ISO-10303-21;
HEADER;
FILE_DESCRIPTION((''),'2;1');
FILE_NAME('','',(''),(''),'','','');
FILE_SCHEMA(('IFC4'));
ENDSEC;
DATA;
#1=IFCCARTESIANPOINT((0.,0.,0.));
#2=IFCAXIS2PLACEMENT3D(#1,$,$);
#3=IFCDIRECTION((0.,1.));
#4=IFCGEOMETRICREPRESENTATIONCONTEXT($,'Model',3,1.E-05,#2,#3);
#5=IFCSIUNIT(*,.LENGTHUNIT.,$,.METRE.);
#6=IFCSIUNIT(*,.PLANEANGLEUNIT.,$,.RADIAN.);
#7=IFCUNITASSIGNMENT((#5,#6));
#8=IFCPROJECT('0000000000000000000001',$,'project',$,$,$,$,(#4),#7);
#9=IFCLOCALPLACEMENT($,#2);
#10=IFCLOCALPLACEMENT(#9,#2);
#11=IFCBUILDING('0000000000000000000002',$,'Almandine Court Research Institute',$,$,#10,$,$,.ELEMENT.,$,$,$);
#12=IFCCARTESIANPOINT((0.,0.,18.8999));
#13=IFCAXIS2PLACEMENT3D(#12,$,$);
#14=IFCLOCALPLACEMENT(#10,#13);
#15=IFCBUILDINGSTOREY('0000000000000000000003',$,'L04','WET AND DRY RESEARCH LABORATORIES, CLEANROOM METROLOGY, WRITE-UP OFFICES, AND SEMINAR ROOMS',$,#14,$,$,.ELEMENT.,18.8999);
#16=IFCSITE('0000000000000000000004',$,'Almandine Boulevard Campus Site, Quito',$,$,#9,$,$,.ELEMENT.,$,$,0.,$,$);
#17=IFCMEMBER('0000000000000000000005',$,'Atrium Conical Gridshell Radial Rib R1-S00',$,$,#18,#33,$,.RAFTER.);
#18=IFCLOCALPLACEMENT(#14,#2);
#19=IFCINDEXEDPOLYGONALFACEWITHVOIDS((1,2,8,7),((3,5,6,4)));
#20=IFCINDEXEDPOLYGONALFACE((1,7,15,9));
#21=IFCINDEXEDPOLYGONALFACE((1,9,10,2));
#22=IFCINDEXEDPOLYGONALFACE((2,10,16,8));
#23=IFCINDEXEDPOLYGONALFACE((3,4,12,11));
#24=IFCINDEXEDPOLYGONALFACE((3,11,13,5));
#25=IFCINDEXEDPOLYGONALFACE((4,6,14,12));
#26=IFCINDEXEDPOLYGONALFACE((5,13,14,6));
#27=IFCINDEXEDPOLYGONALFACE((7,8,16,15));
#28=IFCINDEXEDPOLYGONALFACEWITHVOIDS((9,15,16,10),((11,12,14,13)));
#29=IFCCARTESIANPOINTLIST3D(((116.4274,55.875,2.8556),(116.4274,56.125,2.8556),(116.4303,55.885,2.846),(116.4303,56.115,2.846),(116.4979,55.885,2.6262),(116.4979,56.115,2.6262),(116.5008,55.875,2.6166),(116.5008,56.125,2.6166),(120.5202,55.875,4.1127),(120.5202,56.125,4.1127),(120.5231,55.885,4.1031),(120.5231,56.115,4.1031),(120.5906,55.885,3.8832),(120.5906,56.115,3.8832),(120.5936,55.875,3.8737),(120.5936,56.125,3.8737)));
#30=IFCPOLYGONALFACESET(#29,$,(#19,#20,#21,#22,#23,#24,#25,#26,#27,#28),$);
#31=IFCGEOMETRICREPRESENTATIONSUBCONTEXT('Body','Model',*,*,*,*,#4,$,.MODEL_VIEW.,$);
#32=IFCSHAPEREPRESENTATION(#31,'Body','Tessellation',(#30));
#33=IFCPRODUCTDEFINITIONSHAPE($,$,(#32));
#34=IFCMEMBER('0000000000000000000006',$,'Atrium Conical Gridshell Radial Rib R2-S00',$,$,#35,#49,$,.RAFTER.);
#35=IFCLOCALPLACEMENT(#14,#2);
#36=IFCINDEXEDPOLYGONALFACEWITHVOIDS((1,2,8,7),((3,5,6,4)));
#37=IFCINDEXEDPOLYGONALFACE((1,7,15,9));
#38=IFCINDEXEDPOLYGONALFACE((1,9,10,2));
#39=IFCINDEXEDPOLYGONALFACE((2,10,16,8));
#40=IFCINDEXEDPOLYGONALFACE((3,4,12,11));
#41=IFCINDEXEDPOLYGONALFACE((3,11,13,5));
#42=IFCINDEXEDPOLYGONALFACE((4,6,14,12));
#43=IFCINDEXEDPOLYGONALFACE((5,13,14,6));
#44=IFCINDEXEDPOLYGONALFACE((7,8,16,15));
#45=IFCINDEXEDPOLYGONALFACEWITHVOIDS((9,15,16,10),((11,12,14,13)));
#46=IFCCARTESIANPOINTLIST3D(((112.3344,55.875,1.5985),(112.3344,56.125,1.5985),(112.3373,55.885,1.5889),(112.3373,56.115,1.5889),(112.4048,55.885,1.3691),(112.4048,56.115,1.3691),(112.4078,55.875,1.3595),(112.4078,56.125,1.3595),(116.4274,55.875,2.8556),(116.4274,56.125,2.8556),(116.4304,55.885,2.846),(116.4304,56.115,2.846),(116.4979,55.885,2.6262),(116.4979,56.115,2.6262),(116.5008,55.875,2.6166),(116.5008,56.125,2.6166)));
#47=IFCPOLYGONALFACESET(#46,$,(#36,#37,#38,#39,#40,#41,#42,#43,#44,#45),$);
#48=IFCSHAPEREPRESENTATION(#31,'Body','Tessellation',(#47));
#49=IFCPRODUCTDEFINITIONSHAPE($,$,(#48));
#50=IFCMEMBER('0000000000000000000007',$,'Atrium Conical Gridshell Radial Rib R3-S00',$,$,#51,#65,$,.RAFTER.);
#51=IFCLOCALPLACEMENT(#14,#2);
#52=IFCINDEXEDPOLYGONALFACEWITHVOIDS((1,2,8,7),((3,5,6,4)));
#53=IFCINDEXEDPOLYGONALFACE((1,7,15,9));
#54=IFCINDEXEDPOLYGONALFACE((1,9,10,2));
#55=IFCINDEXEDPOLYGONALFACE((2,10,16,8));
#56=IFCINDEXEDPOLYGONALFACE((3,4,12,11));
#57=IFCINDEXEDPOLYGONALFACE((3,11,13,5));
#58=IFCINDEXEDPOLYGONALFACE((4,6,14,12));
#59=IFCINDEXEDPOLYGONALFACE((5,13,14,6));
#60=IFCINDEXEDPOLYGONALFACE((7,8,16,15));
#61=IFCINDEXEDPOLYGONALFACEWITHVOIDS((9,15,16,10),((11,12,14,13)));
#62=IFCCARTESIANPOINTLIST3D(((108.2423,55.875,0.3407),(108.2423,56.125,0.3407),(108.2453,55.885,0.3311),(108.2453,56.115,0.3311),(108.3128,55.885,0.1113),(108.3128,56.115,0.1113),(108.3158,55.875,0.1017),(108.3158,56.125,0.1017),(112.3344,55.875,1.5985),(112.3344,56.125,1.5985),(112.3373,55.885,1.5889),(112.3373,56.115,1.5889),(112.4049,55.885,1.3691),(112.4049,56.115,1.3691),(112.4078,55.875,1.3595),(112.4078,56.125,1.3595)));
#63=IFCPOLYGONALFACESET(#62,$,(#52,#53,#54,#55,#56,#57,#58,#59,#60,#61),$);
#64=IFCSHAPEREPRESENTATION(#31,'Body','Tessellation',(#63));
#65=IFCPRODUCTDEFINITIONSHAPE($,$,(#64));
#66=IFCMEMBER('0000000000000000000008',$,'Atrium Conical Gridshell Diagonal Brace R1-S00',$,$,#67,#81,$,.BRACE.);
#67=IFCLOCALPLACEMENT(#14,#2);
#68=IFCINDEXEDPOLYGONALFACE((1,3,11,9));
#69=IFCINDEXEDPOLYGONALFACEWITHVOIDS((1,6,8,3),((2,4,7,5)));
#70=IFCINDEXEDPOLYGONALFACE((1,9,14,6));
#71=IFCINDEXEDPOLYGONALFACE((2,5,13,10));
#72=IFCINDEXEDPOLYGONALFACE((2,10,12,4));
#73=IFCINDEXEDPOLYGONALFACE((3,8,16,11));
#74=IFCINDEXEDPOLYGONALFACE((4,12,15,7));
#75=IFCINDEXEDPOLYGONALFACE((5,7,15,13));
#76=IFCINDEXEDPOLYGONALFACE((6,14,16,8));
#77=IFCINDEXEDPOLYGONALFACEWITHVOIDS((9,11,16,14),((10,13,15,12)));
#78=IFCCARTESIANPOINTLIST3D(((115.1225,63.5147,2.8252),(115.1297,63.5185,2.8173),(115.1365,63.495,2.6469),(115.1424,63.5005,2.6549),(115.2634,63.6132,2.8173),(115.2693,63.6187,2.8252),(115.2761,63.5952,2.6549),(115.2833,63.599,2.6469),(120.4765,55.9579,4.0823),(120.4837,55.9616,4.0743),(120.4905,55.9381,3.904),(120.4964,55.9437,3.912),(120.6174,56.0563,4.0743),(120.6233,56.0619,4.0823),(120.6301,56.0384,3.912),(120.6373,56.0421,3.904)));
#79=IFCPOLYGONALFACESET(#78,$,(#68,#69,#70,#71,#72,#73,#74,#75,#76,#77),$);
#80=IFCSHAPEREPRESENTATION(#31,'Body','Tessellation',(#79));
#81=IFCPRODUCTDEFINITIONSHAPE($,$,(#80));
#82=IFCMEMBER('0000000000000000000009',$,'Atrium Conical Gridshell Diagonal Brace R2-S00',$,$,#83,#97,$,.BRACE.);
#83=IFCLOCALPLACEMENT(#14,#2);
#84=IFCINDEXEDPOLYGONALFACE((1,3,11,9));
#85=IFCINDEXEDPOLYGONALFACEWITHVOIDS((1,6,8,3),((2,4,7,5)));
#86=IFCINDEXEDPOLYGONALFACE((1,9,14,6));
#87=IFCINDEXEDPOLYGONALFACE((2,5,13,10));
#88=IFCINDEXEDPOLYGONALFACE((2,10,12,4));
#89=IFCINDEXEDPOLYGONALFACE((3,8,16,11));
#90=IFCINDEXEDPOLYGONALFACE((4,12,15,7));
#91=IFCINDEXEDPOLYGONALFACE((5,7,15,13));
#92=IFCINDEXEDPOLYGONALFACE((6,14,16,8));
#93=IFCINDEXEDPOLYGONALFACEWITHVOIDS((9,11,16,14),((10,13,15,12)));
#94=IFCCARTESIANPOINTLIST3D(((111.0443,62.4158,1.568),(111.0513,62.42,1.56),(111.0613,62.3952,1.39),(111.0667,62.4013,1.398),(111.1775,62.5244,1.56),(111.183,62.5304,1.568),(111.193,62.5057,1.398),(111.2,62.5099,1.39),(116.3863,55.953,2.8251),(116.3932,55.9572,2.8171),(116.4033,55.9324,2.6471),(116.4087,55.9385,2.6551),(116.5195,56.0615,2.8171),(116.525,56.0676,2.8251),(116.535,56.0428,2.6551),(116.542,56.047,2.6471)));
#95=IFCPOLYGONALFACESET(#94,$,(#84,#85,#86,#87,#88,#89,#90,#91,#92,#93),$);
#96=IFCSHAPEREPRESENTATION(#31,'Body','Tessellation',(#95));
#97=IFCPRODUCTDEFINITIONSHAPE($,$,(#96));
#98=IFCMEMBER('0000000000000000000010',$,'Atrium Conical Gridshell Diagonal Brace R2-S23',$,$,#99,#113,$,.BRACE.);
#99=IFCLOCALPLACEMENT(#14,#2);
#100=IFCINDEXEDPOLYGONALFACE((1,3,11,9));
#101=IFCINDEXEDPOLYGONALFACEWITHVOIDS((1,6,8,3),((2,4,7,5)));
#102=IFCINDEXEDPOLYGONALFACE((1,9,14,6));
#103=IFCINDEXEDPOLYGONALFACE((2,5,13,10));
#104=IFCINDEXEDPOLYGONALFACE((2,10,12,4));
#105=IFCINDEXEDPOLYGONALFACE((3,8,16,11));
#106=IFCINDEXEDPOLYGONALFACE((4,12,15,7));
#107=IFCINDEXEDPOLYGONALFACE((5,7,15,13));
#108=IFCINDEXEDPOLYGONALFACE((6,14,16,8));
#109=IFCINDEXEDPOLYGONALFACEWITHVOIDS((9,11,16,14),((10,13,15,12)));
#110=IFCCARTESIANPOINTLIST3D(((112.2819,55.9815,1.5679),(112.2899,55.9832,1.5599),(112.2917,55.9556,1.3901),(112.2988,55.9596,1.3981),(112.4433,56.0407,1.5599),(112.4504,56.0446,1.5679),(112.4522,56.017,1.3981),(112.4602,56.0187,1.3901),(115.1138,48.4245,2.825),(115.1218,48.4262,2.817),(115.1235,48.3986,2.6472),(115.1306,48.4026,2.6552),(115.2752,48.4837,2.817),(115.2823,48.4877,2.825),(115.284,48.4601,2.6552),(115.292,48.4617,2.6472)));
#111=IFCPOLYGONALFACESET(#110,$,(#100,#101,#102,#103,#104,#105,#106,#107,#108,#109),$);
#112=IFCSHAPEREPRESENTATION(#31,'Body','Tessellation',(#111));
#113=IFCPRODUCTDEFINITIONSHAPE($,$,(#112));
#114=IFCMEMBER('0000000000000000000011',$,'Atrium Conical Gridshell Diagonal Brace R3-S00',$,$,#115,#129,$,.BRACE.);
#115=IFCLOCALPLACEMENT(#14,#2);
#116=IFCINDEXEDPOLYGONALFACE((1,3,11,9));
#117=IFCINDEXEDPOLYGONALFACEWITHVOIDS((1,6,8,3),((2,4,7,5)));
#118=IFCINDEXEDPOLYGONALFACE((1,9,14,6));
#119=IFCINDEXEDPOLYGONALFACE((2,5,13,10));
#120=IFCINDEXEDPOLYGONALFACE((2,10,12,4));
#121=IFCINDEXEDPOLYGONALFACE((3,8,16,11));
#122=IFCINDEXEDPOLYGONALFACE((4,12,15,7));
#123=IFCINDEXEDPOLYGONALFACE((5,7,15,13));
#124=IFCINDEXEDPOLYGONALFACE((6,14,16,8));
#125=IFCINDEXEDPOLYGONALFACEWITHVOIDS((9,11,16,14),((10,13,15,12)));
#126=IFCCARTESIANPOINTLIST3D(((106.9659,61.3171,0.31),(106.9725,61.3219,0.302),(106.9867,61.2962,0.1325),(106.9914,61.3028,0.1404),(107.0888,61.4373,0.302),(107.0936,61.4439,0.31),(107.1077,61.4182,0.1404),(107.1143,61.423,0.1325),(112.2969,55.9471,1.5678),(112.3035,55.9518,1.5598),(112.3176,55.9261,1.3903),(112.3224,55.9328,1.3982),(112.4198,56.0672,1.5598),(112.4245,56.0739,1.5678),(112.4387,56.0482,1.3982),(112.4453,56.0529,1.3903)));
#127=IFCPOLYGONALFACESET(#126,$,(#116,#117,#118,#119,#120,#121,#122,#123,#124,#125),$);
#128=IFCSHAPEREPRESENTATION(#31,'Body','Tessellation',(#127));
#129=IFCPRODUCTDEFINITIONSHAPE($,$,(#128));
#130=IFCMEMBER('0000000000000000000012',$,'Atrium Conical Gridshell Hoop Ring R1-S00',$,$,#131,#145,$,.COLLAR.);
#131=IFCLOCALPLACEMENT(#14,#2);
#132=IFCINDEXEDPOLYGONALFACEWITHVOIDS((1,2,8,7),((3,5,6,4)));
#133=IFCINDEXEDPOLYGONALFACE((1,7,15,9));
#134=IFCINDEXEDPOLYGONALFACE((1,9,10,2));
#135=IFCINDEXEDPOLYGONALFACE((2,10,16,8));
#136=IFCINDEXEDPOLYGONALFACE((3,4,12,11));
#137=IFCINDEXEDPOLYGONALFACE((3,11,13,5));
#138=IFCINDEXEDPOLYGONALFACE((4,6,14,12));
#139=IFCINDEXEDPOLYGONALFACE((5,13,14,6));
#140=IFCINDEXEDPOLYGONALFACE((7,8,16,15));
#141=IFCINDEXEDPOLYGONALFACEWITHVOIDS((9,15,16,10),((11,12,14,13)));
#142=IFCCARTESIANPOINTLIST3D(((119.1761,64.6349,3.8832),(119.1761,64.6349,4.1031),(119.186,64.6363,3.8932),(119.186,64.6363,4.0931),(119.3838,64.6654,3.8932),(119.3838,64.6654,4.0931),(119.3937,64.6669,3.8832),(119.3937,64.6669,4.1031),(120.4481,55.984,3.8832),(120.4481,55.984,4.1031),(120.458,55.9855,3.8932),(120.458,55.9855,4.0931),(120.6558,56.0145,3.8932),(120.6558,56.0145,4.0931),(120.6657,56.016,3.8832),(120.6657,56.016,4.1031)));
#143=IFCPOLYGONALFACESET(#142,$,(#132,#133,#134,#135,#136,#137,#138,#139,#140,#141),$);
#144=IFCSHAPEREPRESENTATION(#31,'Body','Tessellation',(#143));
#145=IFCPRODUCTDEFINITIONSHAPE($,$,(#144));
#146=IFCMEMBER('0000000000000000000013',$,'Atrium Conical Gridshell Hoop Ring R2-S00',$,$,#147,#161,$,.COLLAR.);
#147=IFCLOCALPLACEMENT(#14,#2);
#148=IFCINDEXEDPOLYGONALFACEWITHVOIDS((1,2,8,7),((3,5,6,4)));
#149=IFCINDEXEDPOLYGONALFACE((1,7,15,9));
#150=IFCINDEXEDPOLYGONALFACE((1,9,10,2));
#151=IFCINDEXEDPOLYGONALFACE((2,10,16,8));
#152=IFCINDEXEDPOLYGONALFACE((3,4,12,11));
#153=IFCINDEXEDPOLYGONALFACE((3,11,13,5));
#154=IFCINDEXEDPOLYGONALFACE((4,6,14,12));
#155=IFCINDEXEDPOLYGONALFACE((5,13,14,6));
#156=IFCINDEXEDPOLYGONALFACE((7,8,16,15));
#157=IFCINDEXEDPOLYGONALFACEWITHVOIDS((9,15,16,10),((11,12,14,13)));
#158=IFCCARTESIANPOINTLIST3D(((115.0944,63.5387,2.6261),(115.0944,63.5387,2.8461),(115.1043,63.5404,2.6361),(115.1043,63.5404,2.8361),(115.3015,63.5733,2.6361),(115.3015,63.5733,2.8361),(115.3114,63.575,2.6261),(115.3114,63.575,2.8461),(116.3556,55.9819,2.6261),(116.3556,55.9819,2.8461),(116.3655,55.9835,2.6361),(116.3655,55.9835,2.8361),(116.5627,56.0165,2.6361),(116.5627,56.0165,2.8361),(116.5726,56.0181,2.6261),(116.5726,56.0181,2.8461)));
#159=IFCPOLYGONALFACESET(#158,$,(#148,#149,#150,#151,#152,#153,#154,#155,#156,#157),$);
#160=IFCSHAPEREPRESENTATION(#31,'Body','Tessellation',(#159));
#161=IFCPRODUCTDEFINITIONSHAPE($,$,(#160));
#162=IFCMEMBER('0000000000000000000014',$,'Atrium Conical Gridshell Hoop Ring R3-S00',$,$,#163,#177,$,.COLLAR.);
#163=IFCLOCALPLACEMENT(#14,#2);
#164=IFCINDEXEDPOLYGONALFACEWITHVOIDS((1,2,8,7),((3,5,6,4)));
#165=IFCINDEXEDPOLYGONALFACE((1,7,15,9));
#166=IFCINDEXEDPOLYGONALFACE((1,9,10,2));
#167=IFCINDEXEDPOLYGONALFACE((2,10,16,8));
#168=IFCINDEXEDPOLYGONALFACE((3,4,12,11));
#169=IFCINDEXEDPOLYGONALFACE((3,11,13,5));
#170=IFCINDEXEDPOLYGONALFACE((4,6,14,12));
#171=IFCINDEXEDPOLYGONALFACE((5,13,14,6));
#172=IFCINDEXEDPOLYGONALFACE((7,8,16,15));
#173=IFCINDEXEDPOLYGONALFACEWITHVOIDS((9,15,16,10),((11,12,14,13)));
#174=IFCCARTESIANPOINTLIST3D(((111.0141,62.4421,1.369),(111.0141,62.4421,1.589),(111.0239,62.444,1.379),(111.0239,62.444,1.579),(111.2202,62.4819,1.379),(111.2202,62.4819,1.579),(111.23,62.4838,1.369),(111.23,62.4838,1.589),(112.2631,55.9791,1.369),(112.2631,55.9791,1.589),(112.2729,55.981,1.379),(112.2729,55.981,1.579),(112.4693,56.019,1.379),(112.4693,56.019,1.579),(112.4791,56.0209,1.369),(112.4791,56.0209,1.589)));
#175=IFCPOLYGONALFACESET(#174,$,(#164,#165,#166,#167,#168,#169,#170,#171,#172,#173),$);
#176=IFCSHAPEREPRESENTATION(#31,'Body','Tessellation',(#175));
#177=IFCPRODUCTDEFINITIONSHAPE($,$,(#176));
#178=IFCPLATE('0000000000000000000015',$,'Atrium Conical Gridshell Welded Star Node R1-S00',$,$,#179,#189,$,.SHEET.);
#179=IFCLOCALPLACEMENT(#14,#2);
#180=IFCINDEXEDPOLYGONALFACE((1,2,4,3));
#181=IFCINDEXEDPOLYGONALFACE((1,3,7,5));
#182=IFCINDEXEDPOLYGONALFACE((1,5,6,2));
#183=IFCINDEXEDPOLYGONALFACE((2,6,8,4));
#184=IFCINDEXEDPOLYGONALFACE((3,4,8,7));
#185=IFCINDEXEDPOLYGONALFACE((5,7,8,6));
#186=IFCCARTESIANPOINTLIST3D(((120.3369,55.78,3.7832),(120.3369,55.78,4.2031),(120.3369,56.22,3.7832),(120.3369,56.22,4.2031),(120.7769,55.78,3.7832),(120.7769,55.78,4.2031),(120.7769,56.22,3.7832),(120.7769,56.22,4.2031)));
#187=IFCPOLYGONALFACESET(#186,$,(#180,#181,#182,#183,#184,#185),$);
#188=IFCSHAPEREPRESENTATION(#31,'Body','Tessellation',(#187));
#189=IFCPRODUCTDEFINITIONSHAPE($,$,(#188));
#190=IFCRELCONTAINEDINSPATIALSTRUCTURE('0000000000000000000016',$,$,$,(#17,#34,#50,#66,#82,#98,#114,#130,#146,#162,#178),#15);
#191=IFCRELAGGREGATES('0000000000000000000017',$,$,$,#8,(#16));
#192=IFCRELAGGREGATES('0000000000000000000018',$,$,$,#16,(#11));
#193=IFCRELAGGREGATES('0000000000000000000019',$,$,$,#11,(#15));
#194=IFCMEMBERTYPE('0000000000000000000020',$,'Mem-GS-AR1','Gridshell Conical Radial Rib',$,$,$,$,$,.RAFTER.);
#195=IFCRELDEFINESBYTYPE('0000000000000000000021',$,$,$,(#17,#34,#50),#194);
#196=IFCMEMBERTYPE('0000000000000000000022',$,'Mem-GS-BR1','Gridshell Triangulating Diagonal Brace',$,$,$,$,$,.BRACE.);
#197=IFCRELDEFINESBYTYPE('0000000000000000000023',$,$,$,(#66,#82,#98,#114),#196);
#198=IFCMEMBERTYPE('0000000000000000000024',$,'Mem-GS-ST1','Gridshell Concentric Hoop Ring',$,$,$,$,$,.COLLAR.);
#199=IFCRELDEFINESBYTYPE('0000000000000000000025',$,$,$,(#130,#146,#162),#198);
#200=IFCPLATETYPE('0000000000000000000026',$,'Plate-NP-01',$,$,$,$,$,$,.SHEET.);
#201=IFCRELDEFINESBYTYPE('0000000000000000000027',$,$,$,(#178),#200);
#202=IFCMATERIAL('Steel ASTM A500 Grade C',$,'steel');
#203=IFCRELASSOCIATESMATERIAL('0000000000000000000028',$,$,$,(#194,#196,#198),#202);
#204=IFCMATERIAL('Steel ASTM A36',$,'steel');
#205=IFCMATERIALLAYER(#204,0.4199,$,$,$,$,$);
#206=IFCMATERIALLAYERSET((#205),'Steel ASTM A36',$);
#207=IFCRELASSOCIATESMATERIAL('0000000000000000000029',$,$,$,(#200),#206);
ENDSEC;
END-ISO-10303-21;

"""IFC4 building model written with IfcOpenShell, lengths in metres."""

from ifc_helpers import new_model, si_unit, direction, frame, origin, origin_2d, place, context, subcontext, project, spatial, rectangle, hollow_rectangle, extrude, material, layer, layer_set, material_profile, profile_set, type_object, element, save


model = new_model("IFC4")

# Units and contexts
model_context = context("Model", 3, precision=1e-05, world=origin(), true_north=direction((0.0, 1.0)))
body_context = subcontext(model_context, "Body", "Model", "MODEL_VIEW")
ifc_project = project(units=[si_unit("LENGTHUNIT", "METRE"), si_unit("PLANEANGLEUNIT", "RADIAN")], contexts=[model_context])

# Site, building, storey
site_placement = place(None, origin())
site = spatial("IfcSite", under=ifc_project, at=site_placement, Name="Almandine Boulevard Campus Site, Quito", CompositionType="ELEMENT", RefElevation=0.0)
building_placement = place(site_placement, origin())
building = spatial("IfcBuilding", under=site, at=building_placement, Name="Almandine Court Research Institute", CompositionType="ELEMENT")
storey_placement = place(building_placement, frame((0.0, 0.0, 18.8999)))
storey = spatial("IfcBuildingStorey", under=building, at=storey_placement, Name="L04", Description="WET AND DRY RESEARCH LABORATORIES, CLEANROOM METROLOGY, WRITE-UP OFFICES, AND SEMINAR ROOMS", CompositionType="ELEMENT", Elevation=18.8999)

# Members
ifc_material_1 = material(Name="Steel ASTM A500 Grade C", Category="steel")
ifc_material_profile_1 = material_profile(ifc_material_1, hollow_rectangle(XDim=0.25, YDim=0.25, WallThickness=0.01, at=origin_2d()), Name="HSS 250x250x10")
ifc_profile_set_1 = profile_set([ifc_material_profile_1], Name="Steel ASTM A500 Grade C")
member_type_1 = type_object("IfcMemberType", Name="Mem-GS-AR1", Description="Gridshell Conical Radial Rib", PredefinedType="RAFTER", material=ifc_profile_set_1)
member_1_placement = place(storey_placement, frame((120.5569, 56.0, 3.9932), z_axis=(-0.955926, 0.0, -0.293609), x_axis=(0.0, -1.0, 0.0)))
element("IfcMember", 1, at=member_1_placement, inside=storey, type_object=member_type_1, Name="Atrium Conical Gridshell Radial Rib R1-S00", PredefinedType="RAFTER", context=body_context, shape_type="SweptSolid", body=[
    extrude(hollow_rectangle(XDim=0.25, YDim=0.25, WallThickness=0.01, at=origin_2d()), origin(), (0.0, 0.0, 1.0), 4.2815),
])
member_2_placement = place(storey_placement, frame((116.4641, 56.0, 2.7361), z_axis=(-0.955931, 0.0, -0.293593), x_axis=(0.0, -1.0, 0.0)))
element("IfcMember", 2, at=member_2_placement, inside=storey, type_object=member_type_1, Name="Atrium Conical Gridshell Radial Rib R2-S00", PredefinedType="RAFTER", context=body_context, shape_type="SweptSolid", body=[
    extrude(hollow_rectangle(XDim=0.25, YDim=0.25, WallThickness=0.01, at=origin_2d()), origin(), (0.0, 0.0, 1.0), 4.2817),
])
member_3_placement = place(storey_placement, frame((112.3711, 56.0, 1.479), z_axis=(-0.955863, 0.0, -0.293813), x_axis=(0.0, -1.0, 0.0)))
element("IfcMember", 3, at=member_3_placement, inside=storey, type_object=member_type_1, Name="Atrium Conical Gridshell Radial Rib R3-S00", PredefinedType="RAFTER", context=body_context, shape_type="SweptSolid", body=[
    extrude(hollow_rectangle(XDim=0.25, YDim=0.25, WallThickness=0.01, at=origin_2d()), origin(), (0.0, 0.0, 1.0), 4.281),
])
ifc_material_profile_2 = material_profile(ifc_material_1, hollow_rectangle(XDim=0.1799, YDim=0.1799, WallThickness=0.0081, at=origin_2d()), Name="HSS 180x180x8")
ifc_profile_set_2 = profile_set([ifc_material_profile_2], Name="Steel ASTM A500 Grade C")
member_type_2 = type_object("IfcMemberType", Name="Mem-GS-BR1", Description="Gridshell Triangulating Diagonal Brace", PredefinedType="BRACE", material=ifc_profile_set_2)
member_4_placement = place(storey_placement, frame((120.5569, 56.0, 3.9932), z_axis=(-0.572851, 0.808549, -0.134501), x_axis=(-0.815963, -0.578104, 0.0)))
element("IfcMember", 4, at=member_4_placement, inside=storey, type_object=member_type_2, Name="Atrium Conical Gridshell Diagonal Brace R1-S00", PredefinedType="BRACE", context=body_context, shape_type="SweptSolid", body=[
    extrude(hollow_rectangle(XDim=0.1799, YDim=0.1799, WallThickness=0.0081, at=origin_2d()), origin(), (0.0, 0.0, 1.0), 9.3462),
])
member_5_placement = place(storey_placement, frame((116.4641, 56.0, 2.7361), z_axis=(-0.630062, 0.762259, -0.148265), x_axis=(-0.770778, -0.637103, 0.0)))
element("IfcMember", 5, at=member_5_placement, inside=storey, type_object=member_type_2, Name="Atrium Conical Gridshell Diagonal Brace R2-S00", PredefinedType="BRACE", context=body_context, shape_type="SweptSolid", body=[
    extrude(hollow_rectangle(XDim=0.1799, YDim=0.1799, WallThickness=0.0081, at=origin_2d()), origin(), (0.0, 0.0, 1.0), 8.4785),
])
member_6_placement = place(storey_placement, frame((115.2029, 48.4431, 2.7361), z_axis=(-0.34672, 0.925254, -0.153915), x_axis=(-0.936412, -0.350901, 0.0)))
element("IfcMember", 6, at=member_6_placement, inside=storey, type_object=member_type_2, Name="Atrium Conical Gridshell Diagonal Brace R2-S23", PredefinedType="BRACE", context=body_context, shape_type="SweptSolid", body=[
    extrude(hollow_rectangle(XDim=0.1799, YDim=0.1799, WallThickness=0.0081, at=origin_2d()), origin(), (0.0, 0.0, 1.0), 8.1675),
])
member_7_placement = place(storey_placement, frame((112.3711, 56.0, 1.479), z_axis=(-0.694985, 0.700077, -0.163975), x_axis=(-0.709683, -0.704521, 0.0)))
element("IfcMember", 7, at=member_7_placement, inside=storey, type_object=member_type_2, Name="Atrium Conical Gridshell Diagonal Brace R3-S00", PredefinedType="BRACE", context=body_context, shape_type="SweptSolid", body=[
    extrude(hollow_rectangle(XDim=0.1799, YDim=0.1799, WallThickness=0.0081, at=origin_2d()), origin(), (0.0, 0.0, 1.0), 7.6707),
])
ifc_material_profile_3 = material_profile(ifc_material_1, hollow_rectangle(XDim=0.22, YDim=0.22, WallThickness=0.01, at=origin_2d()), Name="HSS 220x220x10")
ifc_profile_set_3 = profile_set([ifc_material_profile_3], Name="Steel ASTM A500 Grade C")
member_type_3 = type_object("IfcMemberType", Name="Mem-GS-ST1", Description="Gridshell Concentric Hoop Ring", PredefinedType="COLLAR", material=ifc_profile_set_3)
member_8_placement = place(storey_placement, frame((120.5569, 56.0, 3.9932), z_axis=(-0.14547, 0.989363, 0.0), x_axis=(-0.989363, -0.14547, 0.0)))
element("IfcMember", 8, at=member_8_placement, inside=storey, type_object=member_type_3, Name="Atrium Conical Gridshell Hoop Ring R1-S00", PredefinedType="COLLAR", context=body_context, shape_type="SweptSolid", body=[
    extrude(hollow_rectangle(XDim=0.22, YDim=0.22, WallThickness=0.01, at=origin_2d()), origin(), (0.0, 0.0, 1.0), 8.7439),
])
member_9_placement = place(storey_placement, frame((116.4641, 56.0, 2.7361), z_axis=(-0.164621, 0.986357, 0.0), x_axis=(-0.986357, -0.164621, 0.0)))
element("IfcMember", 9, at=member_9_placement, inside=storey, type_object=member_type_3, Name="Atrium Conical Gridshell Hoop Ring R2-S00", PredefinedType="COLLAR", context=body_context, shape_type="SweptSolid", body=[
    extrude(hollow_rectangle(XDim=0.22, YDim=0.22, WallThickness=0.01, at=origin_2d()), origin(), (0.0, 0.0, 1.0), 7.6614),
])
member_10_placement = place(storey_placement, frame((112.3711, 56.0, 1.479), z_axis=(-0.18975, 0.981832, 0.0), x_axis=(-0.981832, -0.18975, 0.0)))
element("IfcMember", 10, at=member_10_placement, inside=storey, type_object=member_type_3, Name="Atrium Conical Gridshell Hoop Ring R3-S00", PredefinedType="COLLAR", context=body_context, shape_type="SweptSolid", body=[
    extrude(hollow_rectangle(XDim=0.22, YDim=0.22, WallThickness=0.01, at=origin_2d()), origin(), (0.0, 0.0, 1.0), 6.5825),
])

# Plate
ifc_material_2 = material(Name="Steel ASTM A36", Category="steel")
ifc_layer_1 = layer(ifc_material_2, 0.4199)
ifc_layer_set_1 = layer_set([ifc_layer_1], Name="Steel ASTM A36")
plate_type = type_object("IfcPlateType", Name="Plate-NP-01", PredefinedType="SHEET", material=ifc_layer_set_1)
for number, where, z_axis, x_axis, name in (
    (11, (120.5569, 56.0, 3.7832), (0.0, 0.0, 1.0), (1.0, 0.0, 0.0), "Atrium Conical Gridshell Welded Star Node R1-S00"),
):
    element("IfcPlate", number, at=place(storey_placement, frame(where, z_axis=z_axis, x_axis=x_axis)), inside=storey, type_object=plate_type, Name=name, PredefinedType="SHEET", context=body_context, shape_type="SweptSolid", body=[
        extrude(rectangle(XDim=0.4399, YDim=0.4399, at=origin_2d()), origin(), (0.0, 0.0, 1.0), 0.4199),
    ])

save(model, "model.ifc")
